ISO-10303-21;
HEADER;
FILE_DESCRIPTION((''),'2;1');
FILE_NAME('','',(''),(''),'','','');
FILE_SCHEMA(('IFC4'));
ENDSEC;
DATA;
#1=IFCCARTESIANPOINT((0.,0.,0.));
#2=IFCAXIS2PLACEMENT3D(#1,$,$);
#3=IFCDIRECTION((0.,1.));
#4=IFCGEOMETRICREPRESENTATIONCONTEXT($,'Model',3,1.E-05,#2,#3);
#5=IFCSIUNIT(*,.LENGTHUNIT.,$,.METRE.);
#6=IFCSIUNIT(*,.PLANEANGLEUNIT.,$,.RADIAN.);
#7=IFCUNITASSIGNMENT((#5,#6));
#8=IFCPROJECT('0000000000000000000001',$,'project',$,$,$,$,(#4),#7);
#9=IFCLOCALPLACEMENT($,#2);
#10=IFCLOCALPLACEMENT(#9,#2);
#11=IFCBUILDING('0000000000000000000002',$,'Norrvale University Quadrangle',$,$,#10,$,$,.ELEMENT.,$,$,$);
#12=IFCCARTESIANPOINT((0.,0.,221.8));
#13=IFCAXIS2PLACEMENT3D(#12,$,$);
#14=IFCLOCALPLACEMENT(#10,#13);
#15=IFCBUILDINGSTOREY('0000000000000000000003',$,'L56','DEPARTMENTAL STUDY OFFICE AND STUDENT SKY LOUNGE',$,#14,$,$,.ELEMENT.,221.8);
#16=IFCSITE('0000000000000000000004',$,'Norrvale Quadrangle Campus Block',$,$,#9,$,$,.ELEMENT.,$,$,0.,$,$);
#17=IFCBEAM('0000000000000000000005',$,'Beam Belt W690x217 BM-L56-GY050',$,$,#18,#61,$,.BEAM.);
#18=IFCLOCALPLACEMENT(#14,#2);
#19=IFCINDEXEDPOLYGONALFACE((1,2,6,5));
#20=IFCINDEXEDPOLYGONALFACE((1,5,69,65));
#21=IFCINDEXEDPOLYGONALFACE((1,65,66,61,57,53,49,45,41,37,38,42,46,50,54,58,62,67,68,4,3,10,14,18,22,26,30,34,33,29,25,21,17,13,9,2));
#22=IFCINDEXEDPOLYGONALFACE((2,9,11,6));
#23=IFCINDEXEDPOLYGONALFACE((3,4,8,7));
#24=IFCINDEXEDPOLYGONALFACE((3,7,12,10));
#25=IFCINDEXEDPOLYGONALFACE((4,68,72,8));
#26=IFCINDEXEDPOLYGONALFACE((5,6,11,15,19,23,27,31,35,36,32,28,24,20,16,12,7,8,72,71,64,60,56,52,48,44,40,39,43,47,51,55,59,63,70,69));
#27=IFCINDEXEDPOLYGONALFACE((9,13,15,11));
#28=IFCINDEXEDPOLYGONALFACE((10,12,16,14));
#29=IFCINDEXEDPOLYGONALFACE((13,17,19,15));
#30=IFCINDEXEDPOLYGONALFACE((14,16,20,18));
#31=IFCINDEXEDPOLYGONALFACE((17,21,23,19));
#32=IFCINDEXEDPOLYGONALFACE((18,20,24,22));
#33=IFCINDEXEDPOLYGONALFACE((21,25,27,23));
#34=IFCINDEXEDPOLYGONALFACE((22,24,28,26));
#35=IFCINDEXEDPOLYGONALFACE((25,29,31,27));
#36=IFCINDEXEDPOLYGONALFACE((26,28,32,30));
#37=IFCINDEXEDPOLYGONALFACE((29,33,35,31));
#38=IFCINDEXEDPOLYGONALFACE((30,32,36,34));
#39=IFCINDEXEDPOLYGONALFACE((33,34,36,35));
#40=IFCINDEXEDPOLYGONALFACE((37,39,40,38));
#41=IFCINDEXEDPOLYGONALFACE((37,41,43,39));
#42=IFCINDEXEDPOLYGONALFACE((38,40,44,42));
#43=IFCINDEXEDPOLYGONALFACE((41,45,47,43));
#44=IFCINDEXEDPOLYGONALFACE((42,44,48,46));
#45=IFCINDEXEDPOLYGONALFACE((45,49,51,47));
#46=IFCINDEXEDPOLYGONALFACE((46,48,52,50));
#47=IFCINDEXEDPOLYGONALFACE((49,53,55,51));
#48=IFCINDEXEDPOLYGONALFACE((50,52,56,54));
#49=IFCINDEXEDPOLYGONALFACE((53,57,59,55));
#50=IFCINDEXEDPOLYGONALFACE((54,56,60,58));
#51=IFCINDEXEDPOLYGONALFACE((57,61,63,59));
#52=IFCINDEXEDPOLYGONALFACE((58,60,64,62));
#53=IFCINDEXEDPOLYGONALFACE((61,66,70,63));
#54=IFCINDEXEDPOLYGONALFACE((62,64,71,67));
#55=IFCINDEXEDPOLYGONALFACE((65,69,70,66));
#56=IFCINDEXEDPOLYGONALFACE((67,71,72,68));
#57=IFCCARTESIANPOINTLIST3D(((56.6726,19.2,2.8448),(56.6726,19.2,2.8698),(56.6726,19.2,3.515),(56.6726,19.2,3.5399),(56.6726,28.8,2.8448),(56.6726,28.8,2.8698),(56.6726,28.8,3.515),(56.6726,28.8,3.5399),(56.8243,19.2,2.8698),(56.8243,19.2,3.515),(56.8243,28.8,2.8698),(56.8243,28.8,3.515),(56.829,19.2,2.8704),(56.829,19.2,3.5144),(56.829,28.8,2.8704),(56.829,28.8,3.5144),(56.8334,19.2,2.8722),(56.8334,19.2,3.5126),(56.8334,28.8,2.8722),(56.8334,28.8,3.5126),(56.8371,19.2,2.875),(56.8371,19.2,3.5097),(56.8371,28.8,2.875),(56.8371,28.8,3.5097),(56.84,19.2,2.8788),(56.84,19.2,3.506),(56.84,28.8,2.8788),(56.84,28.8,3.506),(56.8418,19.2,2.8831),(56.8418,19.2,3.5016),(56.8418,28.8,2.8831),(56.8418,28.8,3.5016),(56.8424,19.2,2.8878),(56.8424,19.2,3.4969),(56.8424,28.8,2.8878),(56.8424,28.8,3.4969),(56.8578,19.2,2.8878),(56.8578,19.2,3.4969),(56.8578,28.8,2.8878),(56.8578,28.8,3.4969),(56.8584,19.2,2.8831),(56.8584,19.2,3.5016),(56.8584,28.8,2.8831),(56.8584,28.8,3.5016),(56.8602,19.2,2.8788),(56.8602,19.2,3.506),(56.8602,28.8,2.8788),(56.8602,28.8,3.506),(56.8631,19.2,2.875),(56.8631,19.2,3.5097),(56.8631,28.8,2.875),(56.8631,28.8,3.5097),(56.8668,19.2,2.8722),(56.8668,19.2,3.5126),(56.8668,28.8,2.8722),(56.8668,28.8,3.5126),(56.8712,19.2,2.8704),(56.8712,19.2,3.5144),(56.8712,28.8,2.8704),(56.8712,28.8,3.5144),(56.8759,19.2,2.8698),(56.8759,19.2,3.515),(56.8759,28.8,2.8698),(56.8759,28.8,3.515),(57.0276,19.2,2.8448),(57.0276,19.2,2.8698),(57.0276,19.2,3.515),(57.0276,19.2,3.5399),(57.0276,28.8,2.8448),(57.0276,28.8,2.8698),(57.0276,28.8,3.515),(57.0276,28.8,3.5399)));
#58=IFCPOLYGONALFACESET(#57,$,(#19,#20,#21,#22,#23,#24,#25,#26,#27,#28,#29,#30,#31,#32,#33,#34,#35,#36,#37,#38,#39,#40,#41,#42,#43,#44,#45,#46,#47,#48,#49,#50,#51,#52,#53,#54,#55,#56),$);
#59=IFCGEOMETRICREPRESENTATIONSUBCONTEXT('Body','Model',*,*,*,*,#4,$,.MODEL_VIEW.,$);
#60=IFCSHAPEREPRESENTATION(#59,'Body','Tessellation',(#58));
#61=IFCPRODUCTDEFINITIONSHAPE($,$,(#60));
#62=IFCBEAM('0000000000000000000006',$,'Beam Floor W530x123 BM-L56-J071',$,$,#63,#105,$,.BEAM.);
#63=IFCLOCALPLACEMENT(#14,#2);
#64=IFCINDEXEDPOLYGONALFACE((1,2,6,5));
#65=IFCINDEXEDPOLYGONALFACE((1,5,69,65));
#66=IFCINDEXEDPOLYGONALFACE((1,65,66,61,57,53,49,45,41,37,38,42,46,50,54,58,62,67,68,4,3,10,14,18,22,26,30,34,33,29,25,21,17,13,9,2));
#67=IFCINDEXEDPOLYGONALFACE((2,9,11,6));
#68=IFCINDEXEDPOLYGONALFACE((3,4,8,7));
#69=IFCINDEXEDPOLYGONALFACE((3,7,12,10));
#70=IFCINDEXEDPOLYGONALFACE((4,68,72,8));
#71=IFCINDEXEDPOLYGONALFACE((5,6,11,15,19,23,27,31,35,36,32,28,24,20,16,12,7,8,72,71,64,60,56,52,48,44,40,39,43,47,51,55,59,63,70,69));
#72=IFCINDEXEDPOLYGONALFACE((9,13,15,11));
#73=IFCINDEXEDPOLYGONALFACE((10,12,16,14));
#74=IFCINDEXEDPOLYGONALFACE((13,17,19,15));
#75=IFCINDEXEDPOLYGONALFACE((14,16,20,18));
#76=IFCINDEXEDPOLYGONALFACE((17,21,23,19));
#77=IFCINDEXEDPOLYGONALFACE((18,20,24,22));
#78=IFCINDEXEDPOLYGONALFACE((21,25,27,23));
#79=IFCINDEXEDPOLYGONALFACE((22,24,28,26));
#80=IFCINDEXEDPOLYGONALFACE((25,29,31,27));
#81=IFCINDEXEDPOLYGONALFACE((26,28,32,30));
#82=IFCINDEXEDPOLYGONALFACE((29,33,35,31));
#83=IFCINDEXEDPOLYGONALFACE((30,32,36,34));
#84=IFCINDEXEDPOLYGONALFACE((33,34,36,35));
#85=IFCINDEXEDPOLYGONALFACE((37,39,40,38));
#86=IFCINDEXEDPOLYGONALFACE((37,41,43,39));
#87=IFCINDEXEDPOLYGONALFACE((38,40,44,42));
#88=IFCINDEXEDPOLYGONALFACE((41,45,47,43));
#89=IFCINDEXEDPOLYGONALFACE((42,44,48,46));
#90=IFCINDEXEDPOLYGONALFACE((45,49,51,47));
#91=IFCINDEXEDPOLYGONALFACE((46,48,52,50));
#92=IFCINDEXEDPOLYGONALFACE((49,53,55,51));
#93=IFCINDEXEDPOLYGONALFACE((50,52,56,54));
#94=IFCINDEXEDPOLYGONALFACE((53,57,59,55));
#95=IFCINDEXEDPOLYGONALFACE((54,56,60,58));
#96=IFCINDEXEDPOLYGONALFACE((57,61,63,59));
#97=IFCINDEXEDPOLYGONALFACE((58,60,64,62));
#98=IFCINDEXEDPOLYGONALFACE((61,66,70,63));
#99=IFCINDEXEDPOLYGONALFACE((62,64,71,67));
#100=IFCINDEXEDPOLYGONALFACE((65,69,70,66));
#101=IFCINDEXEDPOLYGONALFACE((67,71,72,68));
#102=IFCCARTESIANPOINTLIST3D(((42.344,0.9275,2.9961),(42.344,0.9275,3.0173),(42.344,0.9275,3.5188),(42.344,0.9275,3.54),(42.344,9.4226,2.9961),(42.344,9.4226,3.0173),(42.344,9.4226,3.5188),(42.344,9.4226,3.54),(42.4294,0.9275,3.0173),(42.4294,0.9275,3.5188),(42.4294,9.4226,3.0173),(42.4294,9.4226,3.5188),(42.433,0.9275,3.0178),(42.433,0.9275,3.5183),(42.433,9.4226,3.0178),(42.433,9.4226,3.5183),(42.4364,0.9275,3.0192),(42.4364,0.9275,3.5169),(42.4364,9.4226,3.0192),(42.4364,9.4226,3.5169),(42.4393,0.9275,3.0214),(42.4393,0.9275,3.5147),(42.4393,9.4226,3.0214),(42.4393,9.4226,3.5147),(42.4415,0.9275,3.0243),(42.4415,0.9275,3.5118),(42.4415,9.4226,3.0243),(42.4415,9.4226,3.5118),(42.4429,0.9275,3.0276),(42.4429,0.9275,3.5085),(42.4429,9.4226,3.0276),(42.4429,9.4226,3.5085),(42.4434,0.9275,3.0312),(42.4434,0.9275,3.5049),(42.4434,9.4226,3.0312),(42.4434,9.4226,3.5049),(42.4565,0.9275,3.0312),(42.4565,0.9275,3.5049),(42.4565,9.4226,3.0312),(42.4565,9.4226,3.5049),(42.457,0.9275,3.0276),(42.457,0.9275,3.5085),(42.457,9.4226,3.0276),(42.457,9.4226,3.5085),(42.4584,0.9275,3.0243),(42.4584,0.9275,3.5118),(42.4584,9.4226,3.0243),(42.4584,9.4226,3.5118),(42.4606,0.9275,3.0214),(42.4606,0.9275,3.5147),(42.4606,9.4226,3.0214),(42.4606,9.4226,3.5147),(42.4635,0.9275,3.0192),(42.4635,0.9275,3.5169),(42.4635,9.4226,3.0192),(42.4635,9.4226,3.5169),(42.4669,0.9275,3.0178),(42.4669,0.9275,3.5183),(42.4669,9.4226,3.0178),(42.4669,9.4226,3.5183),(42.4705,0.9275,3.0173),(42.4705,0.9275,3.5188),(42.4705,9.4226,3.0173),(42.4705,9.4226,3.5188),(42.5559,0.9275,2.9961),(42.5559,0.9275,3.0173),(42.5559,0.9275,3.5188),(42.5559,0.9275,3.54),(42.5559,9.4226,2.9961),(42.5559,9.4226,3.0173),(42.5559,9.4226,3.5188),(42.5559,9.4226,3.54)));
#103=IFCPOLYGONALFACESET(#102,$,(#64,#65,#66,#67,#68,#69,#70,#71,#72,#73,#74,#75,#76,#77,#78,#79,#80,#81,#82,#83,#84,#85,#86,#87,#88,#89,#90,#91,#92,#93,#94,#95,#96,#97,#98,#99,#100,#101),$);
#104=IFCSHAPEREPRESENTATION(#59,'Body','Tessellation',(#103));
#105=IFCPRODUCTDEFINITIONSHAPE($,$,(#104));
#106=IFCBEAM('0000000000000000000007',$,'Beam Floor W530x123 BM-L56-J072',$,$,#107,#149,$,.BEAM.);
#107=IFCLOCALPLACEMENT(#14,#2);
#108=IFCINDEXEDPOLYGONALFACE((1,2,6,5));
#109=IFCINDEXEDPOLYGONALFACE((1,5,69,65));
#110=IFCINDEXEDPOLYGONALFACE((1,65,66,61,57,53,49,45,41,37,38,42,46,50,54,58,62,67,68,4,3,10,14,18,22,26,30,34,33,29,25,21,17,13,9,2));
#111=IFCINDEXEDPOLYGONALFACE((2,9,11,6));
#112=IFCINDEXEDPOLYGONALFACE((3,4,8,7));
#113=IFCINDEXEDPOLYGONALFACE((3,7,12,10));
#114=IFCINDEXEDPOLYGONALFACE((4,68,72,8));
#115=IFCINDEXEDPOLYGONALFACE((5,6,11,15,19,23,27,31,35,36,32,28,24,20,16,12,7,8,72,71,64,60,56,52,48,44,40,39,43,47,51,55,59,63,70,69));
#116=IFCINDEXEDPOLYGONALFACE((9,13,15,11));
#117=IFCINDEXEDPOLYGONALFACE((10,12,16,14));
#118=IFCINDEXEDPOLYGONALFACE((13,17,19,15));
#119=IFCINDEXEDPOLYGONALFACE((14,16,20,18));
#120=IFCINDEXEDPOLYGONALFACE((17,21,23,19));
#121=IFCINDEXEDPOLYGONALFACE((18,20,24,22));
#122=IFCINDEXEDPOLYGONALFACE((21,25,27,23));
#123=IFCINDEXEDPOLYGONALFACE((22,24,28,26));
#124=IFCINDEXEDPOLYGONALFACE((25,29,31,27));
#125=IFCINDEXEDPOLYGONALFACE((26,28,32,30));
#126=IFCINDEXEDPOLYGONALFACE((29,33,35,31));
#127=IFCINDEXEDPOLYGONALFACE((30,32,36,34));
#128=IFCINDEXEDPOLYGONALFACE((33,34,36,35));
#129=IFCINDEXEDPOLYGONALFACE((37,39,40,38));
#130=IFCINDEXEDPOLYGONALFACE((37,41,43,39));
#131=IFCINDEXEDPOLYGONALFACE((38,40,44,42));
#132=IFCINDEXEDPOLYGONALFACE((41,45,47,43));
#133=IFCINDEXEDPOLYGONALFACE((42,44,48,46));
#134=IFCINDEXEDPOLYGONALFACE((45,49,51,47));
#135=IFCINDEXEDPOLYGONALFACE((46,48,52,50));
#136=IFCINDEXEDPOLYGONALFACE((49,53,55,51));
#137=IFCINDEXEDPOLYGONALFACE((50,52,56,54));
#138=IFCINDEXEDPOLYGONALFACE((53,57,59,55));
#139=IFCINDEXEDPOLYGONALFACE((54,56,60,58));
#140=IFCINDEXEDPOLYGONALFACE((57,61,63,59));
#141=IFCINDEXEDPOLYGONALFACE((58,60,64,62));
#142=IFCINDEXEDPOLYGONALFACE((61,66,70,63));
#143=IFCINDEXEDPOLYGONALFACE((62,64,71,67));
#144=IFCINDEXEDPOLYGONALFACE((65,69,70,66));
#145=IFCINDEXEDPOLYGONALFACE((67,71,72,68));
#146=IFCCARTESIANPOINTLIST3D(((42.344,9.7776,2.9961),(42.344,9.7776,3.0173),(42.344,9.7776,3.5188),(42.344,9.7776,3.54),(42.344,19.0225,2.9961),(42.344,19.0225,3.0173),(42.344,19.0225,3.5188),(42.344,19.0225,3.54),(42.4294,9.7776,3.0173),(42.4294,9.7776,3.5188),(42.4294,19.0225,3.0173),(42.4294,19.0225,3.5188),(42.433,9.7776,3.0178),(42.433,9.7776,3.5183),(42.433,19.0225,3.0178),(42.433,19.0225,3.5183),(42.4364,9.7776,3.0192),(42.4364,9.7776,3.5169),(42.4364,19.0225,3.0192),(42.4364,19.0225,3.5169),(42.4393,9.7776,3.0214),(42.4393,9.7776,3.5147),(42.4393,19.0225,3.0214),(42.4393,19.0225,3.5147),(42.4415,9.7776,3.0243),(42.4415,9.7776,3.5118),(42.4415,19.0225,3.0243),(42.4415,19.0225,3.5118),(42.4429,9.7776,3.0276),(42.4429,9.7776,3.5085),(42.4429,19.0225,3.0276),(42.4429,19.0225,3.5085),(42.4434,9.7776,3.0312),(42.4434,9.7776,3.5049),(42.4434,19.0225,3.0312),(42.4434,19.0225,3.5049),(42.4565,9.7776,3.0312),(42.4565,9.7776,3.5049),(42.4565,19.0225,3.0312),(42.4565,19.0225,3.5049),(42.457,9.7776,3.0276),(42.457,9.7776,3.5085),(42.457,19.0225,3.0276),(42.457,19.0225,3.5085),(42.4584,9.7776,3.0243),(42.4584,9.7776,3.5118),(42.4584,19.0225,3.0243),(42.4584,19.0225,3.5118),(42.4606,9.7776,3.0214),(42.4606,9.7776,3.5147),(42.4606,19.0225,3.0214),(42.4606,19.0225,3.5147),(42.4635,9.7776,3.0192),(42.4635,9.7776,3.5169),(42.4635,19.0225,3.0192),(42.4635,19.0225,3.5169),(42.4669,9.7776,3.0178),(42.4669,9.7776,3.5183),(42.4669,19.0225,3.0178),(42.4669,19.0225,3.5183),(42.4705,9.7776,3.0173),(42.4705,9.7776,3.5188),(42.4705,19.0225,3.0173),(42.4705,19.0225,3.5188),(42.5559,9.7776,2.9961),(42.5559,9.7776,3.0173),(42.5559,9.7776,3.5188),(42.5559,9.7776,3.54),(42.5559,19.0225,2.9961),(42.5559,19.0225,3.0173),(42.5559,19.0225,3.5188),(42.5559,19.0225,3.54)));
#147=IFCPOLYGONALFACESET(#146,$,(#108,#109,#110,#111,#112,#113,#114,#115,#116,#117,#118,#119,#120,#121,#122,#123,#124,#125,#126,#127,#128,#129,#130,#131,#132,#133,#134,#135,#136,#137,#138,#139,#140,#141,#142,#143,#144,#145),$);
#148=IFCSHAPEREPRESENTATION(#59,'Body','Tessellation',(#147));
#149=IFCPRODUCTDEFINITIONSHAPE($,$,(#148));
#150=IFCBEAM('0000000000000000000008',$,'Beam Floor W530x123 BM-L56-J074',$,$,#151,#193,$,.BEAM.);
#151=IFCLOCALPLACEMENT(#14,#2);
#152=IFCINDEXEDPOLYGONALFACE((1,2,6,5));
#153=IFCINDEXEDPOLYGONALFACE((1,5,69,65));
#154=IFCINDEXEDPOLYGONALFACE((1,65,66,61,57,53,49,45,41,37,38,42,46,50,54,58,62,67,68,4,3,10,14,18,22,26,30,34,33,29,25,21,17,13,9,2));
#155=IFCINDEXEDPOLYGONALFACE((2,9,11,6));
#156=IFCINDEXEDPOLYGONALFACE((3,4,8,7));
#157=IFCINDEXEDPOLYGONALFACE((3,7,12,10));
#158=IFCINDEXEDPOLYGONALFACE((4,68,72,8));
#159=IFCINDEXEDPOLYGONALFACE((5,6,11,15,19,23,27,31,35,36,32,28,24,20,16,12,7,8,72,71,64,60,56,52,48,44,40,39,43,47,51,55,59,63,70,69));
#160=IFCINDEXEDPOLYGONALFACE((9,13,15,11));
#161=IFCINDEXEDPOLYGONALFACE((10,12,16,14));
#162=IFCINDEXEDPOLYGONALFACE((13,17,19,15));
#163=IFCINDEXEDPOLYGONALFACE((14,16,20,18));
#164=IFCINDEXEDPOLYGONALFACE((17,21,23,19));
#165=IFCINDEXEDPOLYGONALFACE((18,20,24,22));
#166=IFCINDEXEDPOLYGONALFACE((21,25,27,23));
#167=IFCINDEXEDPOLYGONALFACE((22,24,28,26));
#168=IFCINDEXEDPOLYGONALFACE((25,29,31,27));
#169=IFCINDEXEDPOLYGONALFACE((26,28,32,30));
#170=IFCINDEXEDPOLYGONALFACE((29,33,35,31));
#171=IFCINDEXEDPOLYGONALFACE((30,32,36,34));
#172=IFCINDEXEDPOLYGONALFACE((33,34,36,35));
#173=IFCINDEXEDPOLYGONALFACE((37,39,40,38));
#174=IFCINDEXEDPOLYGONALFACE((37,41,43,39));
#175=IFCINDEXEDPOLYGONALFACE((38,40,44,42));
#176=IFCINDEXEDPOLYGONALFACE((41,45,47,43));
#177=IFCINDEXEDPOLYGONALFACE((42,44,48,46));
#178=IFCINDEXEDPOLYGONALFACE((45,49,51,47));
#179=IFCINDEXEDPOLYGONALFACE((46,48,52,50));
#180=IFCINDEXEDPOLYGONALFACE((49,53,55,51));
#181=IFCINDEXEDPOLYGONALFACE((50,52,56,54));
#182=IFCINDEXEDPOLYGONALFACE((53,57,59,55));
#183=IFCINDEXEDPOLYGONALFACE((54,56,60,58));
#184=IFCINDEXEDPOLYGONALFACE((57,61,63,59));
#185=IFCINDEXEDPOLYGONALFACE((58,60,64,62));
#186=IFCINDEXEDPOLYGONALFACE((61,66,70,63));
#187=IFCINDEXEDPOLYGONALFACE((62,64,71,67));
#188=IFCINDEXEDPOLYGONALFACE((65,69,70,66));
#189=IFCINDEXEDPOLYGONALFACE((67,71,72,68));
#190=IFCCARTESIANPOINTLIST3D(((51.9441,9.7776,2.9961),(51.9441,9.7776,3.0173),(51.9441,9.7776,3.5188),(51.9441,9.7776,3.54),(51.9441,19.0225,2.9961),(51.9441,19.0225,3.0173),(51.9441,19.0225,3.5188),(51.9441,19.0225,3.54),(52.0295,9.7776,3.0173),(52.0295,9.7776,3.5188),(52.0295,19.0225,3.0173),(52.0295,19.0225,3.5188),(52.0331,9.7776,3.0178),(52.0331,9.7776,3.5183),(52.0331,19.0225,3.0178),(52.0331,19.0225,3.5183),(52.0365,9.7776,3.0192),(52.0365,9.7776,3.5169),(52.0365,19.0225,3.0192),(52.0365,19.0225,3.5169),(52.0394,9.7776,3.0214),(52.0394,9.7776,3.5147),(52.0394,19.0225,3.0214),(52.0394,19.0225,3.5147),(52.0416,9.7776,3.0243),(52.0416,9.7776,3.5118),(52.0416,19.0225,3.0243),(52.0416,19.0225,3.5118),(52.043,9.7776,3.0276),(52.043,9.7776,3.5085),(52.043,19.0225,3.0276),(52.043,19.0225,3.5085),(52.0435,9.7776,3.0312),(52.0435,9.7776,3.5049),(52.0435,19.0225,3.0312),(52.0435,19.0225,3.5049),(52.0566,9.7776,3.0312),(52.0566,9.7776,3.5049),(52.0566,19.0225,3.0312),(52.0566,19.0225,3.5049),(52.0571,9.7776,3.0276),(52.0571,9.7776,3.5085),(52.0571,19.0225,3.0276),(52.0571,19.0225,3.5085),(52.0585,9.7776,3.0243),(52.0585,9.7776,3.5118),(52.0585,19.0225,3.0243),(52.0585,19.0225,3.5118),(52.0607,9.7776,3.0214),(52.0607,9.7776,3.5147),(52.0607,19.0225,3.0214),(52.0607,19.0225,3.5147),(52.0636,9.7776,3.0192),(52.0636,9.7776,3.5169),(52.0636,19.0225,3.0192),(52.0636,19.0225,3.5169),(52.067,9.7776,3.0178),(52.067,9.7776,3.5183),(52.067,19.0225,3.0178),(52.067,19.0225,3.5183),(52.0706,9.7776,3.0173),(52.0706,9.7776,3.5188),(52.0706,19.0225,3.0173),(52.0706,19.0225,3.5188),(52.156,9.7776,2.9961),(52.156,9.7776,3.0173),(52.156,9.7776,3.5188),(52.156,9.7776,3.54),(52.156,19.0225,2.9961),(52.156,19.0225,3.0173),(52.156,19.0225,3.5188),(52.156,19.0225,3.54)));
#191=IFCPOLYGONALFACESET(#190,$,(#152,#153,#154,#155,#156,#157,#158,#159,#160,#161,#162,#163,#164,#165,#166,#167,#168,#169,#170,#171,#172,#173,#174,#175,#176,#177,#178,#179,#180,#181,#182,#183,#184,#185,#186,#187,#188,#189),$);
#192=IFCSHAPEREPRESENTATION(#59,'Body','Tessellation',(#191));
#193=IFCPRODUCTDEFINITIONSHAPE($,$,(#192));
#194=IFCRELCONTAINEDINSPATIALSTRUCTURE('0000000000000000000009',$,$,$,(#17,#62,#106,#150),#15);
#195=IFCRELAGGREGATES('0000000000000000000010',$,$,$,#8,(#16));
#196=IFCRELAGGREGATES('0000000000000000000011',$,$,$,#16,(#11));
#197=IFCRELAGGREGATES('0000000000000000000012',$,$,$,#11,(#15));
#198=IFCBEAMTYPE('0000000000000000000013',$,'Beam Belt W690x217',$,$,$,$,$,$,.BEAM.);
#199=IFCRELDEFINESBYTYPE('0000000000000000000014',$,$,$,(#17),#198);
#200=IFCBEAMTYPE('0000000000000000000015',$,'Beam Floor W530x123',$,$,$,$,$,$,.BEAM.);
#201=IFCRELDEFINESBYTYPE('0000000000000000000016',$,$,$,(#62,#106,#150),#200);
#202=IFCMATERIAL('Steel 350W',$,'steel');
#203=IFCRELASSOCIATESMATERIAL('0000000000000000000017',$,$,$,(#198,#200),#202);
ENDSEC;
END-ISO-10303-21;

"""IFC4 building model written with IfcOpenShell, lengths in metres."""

from ifc_helpers import new_model, si_unit, direction, frame, origin, origin_2d, place, context, subcontext, project, spatial, i_section, extrude, material, material_profile, profile_set, type_object, element, save


model = new_model("IFC4")

# Units and contexts
model_context = context("Model", 3, precision=1e-05, world=origin(), true_north=direction((0.0, 1.0)))
body_context = subcontext(model_context, "Body", "Model", "MODEL_VIEW")
ifc_project = project(units=[si_unit("LENGTHUNIT", "METRE"), si_unit("PLANEANGLEUNIT", "RADIAN")], contexts=[model_context])

# Site, building, storey
site_placement = place(None, origin())
site = spatial("IfcSite", under=ifc_project, at=site_placement, Name="Norrvale Quadrangle Campus Block", CompositionType="ELEMENT", RefElevation=0.0)
building_placement = place(site_placement, origin())
building = spatial("IfcBuilding", under=site, at=building_placement, Name="Norrvale University Quadrangle", CompositionType="ELEMENT")
storey_placement = place(building_placement, frame((0.0, 0.0, 221.8)))
storey = spatial("IfcBuildingStorey", under=building, at=storey_placement, Name="L56", Description="DEPARTMENTAL STUDY OFFICE AND STUDENT SKY LOUNGE", CompositionType="ELEMENT", Elevation=221.8)

# Beams
ifc_material_1 = material(Name="Steel 350W", Category="steel")
ifc_material_profile_1 = material_profile(ifc_material_1, i_section(OverallWidth=0.355, OverallDepth=0.6951, WebThickness=0.0154, FlangeThickness=0.0249, FilletRadius=0.0181, at=origin_2d()), Name="Steel 350W")
ifc_profile_set_1 = profile_set([ifc_material_profile_1], Name="Steel 350W")
beam_type_1 = type_object("IfcBeamType", Name="Beam Belt W690x217", PredefinedType="BEAM", material=ifc_profile_set_1)
beam_1_placement = place(storey_placement, frame((56.8501, 19.2, 3.1924), z_axis=(0.0, 1.0, 0.0), x_axis=(-1.0, 0.0, 0.0)))
element("IfcBeam", 1, at=beam_1_placement, inside=storey, type_object=beam_type_1, Name="Beam Belt W690x217 BM-L56-GY050", PredefinedType="BEAM", context=body_context, shape_type="SweptSolid", body=[
    extrude(i_section(OverallWidth=0.355, OverallDepth=0.6951, WebThickness=0.0154, FlangeThickness=0.0249, FilletRadius=0.0181, at=origin_2d()), origin(), (0.0, 0.0, 1.0), 9.6001),
])
ifc_material_profile_2 = material_profile(ifc_material_1, i_section(OverallWidth=0.2119, OverallDepth=0.5439, WebThickness=0.0132, FlangeThickness=0.0212, FilletRadius=0.0139, at=origin_2d()), Name="Steel 350W")
ifc_profile_set_2 = profile_set([ifc_material_profile_2], Name="Steel 350W")
beam_type_2 = type_object("IfcBeamType", Name="Beam Floor W530x123", PredefinedType="BEAM", material=ifc_profile_set_2)
beam_2_placement = place(storey_placement, frame((42.45, 0.9275, 3.2681), z_axis=(0.0, 1.0, 0.0), x_axis=(-1.0, 0.0, 0.0)))
element("IfcBeam", 2, at=beam_2_placement, inside=storey, type_object=beam_type_2, Name="Beam Floor W530x123 BM-L56-J071", PredefinedType="BEAM", context=body_context, shape_type="SweptSolid", body=[
    extrude(i_section(OverallWidth=0.2119, OverallDepth=0.5439, WebThickness=0.0132, FlangeThickness=0.0212, FilletRadius=0.0139, at=origin_2d()), origin(), (0.0, 0.0, 1.0), 8.4951),
])
for number, where, z_axis, x_axis, name in (
    (3, (42.45, 9.7776, 3.2681), (0.0, 1.0, 0.0), (-1.0, 0.0, 0.0), "Beam Floor W530x123 BM-L56-J072"),
    (4, (52.05, 9.7776, 3.2681), (0.0, 1.0, 0.0), (-1.0, 0.0, 0.0), "Beam Floor W530x123 BM-L56-J074"),
):
    element("IfcBeam", number, at=place(storey_placement, frame(where, z_axis=z_axis, x_axis=x_axis)), inside=storey, type_object=beam_type_2, Name=name, PredefinedType="BEAM", context=body_context, shape_type="SweptSolid", body=[
        extrude(i_section(OverallWidth=0.2119, OverallDepth=0.5439, WebThickness=0.0132, FlangeThickness=0.0212, FilletRadius=0.0139, at=origin_2d()), origin(), (0.0, 0.0, 1.0), 9.2449),
    ])

save(model, "model.ifc")
